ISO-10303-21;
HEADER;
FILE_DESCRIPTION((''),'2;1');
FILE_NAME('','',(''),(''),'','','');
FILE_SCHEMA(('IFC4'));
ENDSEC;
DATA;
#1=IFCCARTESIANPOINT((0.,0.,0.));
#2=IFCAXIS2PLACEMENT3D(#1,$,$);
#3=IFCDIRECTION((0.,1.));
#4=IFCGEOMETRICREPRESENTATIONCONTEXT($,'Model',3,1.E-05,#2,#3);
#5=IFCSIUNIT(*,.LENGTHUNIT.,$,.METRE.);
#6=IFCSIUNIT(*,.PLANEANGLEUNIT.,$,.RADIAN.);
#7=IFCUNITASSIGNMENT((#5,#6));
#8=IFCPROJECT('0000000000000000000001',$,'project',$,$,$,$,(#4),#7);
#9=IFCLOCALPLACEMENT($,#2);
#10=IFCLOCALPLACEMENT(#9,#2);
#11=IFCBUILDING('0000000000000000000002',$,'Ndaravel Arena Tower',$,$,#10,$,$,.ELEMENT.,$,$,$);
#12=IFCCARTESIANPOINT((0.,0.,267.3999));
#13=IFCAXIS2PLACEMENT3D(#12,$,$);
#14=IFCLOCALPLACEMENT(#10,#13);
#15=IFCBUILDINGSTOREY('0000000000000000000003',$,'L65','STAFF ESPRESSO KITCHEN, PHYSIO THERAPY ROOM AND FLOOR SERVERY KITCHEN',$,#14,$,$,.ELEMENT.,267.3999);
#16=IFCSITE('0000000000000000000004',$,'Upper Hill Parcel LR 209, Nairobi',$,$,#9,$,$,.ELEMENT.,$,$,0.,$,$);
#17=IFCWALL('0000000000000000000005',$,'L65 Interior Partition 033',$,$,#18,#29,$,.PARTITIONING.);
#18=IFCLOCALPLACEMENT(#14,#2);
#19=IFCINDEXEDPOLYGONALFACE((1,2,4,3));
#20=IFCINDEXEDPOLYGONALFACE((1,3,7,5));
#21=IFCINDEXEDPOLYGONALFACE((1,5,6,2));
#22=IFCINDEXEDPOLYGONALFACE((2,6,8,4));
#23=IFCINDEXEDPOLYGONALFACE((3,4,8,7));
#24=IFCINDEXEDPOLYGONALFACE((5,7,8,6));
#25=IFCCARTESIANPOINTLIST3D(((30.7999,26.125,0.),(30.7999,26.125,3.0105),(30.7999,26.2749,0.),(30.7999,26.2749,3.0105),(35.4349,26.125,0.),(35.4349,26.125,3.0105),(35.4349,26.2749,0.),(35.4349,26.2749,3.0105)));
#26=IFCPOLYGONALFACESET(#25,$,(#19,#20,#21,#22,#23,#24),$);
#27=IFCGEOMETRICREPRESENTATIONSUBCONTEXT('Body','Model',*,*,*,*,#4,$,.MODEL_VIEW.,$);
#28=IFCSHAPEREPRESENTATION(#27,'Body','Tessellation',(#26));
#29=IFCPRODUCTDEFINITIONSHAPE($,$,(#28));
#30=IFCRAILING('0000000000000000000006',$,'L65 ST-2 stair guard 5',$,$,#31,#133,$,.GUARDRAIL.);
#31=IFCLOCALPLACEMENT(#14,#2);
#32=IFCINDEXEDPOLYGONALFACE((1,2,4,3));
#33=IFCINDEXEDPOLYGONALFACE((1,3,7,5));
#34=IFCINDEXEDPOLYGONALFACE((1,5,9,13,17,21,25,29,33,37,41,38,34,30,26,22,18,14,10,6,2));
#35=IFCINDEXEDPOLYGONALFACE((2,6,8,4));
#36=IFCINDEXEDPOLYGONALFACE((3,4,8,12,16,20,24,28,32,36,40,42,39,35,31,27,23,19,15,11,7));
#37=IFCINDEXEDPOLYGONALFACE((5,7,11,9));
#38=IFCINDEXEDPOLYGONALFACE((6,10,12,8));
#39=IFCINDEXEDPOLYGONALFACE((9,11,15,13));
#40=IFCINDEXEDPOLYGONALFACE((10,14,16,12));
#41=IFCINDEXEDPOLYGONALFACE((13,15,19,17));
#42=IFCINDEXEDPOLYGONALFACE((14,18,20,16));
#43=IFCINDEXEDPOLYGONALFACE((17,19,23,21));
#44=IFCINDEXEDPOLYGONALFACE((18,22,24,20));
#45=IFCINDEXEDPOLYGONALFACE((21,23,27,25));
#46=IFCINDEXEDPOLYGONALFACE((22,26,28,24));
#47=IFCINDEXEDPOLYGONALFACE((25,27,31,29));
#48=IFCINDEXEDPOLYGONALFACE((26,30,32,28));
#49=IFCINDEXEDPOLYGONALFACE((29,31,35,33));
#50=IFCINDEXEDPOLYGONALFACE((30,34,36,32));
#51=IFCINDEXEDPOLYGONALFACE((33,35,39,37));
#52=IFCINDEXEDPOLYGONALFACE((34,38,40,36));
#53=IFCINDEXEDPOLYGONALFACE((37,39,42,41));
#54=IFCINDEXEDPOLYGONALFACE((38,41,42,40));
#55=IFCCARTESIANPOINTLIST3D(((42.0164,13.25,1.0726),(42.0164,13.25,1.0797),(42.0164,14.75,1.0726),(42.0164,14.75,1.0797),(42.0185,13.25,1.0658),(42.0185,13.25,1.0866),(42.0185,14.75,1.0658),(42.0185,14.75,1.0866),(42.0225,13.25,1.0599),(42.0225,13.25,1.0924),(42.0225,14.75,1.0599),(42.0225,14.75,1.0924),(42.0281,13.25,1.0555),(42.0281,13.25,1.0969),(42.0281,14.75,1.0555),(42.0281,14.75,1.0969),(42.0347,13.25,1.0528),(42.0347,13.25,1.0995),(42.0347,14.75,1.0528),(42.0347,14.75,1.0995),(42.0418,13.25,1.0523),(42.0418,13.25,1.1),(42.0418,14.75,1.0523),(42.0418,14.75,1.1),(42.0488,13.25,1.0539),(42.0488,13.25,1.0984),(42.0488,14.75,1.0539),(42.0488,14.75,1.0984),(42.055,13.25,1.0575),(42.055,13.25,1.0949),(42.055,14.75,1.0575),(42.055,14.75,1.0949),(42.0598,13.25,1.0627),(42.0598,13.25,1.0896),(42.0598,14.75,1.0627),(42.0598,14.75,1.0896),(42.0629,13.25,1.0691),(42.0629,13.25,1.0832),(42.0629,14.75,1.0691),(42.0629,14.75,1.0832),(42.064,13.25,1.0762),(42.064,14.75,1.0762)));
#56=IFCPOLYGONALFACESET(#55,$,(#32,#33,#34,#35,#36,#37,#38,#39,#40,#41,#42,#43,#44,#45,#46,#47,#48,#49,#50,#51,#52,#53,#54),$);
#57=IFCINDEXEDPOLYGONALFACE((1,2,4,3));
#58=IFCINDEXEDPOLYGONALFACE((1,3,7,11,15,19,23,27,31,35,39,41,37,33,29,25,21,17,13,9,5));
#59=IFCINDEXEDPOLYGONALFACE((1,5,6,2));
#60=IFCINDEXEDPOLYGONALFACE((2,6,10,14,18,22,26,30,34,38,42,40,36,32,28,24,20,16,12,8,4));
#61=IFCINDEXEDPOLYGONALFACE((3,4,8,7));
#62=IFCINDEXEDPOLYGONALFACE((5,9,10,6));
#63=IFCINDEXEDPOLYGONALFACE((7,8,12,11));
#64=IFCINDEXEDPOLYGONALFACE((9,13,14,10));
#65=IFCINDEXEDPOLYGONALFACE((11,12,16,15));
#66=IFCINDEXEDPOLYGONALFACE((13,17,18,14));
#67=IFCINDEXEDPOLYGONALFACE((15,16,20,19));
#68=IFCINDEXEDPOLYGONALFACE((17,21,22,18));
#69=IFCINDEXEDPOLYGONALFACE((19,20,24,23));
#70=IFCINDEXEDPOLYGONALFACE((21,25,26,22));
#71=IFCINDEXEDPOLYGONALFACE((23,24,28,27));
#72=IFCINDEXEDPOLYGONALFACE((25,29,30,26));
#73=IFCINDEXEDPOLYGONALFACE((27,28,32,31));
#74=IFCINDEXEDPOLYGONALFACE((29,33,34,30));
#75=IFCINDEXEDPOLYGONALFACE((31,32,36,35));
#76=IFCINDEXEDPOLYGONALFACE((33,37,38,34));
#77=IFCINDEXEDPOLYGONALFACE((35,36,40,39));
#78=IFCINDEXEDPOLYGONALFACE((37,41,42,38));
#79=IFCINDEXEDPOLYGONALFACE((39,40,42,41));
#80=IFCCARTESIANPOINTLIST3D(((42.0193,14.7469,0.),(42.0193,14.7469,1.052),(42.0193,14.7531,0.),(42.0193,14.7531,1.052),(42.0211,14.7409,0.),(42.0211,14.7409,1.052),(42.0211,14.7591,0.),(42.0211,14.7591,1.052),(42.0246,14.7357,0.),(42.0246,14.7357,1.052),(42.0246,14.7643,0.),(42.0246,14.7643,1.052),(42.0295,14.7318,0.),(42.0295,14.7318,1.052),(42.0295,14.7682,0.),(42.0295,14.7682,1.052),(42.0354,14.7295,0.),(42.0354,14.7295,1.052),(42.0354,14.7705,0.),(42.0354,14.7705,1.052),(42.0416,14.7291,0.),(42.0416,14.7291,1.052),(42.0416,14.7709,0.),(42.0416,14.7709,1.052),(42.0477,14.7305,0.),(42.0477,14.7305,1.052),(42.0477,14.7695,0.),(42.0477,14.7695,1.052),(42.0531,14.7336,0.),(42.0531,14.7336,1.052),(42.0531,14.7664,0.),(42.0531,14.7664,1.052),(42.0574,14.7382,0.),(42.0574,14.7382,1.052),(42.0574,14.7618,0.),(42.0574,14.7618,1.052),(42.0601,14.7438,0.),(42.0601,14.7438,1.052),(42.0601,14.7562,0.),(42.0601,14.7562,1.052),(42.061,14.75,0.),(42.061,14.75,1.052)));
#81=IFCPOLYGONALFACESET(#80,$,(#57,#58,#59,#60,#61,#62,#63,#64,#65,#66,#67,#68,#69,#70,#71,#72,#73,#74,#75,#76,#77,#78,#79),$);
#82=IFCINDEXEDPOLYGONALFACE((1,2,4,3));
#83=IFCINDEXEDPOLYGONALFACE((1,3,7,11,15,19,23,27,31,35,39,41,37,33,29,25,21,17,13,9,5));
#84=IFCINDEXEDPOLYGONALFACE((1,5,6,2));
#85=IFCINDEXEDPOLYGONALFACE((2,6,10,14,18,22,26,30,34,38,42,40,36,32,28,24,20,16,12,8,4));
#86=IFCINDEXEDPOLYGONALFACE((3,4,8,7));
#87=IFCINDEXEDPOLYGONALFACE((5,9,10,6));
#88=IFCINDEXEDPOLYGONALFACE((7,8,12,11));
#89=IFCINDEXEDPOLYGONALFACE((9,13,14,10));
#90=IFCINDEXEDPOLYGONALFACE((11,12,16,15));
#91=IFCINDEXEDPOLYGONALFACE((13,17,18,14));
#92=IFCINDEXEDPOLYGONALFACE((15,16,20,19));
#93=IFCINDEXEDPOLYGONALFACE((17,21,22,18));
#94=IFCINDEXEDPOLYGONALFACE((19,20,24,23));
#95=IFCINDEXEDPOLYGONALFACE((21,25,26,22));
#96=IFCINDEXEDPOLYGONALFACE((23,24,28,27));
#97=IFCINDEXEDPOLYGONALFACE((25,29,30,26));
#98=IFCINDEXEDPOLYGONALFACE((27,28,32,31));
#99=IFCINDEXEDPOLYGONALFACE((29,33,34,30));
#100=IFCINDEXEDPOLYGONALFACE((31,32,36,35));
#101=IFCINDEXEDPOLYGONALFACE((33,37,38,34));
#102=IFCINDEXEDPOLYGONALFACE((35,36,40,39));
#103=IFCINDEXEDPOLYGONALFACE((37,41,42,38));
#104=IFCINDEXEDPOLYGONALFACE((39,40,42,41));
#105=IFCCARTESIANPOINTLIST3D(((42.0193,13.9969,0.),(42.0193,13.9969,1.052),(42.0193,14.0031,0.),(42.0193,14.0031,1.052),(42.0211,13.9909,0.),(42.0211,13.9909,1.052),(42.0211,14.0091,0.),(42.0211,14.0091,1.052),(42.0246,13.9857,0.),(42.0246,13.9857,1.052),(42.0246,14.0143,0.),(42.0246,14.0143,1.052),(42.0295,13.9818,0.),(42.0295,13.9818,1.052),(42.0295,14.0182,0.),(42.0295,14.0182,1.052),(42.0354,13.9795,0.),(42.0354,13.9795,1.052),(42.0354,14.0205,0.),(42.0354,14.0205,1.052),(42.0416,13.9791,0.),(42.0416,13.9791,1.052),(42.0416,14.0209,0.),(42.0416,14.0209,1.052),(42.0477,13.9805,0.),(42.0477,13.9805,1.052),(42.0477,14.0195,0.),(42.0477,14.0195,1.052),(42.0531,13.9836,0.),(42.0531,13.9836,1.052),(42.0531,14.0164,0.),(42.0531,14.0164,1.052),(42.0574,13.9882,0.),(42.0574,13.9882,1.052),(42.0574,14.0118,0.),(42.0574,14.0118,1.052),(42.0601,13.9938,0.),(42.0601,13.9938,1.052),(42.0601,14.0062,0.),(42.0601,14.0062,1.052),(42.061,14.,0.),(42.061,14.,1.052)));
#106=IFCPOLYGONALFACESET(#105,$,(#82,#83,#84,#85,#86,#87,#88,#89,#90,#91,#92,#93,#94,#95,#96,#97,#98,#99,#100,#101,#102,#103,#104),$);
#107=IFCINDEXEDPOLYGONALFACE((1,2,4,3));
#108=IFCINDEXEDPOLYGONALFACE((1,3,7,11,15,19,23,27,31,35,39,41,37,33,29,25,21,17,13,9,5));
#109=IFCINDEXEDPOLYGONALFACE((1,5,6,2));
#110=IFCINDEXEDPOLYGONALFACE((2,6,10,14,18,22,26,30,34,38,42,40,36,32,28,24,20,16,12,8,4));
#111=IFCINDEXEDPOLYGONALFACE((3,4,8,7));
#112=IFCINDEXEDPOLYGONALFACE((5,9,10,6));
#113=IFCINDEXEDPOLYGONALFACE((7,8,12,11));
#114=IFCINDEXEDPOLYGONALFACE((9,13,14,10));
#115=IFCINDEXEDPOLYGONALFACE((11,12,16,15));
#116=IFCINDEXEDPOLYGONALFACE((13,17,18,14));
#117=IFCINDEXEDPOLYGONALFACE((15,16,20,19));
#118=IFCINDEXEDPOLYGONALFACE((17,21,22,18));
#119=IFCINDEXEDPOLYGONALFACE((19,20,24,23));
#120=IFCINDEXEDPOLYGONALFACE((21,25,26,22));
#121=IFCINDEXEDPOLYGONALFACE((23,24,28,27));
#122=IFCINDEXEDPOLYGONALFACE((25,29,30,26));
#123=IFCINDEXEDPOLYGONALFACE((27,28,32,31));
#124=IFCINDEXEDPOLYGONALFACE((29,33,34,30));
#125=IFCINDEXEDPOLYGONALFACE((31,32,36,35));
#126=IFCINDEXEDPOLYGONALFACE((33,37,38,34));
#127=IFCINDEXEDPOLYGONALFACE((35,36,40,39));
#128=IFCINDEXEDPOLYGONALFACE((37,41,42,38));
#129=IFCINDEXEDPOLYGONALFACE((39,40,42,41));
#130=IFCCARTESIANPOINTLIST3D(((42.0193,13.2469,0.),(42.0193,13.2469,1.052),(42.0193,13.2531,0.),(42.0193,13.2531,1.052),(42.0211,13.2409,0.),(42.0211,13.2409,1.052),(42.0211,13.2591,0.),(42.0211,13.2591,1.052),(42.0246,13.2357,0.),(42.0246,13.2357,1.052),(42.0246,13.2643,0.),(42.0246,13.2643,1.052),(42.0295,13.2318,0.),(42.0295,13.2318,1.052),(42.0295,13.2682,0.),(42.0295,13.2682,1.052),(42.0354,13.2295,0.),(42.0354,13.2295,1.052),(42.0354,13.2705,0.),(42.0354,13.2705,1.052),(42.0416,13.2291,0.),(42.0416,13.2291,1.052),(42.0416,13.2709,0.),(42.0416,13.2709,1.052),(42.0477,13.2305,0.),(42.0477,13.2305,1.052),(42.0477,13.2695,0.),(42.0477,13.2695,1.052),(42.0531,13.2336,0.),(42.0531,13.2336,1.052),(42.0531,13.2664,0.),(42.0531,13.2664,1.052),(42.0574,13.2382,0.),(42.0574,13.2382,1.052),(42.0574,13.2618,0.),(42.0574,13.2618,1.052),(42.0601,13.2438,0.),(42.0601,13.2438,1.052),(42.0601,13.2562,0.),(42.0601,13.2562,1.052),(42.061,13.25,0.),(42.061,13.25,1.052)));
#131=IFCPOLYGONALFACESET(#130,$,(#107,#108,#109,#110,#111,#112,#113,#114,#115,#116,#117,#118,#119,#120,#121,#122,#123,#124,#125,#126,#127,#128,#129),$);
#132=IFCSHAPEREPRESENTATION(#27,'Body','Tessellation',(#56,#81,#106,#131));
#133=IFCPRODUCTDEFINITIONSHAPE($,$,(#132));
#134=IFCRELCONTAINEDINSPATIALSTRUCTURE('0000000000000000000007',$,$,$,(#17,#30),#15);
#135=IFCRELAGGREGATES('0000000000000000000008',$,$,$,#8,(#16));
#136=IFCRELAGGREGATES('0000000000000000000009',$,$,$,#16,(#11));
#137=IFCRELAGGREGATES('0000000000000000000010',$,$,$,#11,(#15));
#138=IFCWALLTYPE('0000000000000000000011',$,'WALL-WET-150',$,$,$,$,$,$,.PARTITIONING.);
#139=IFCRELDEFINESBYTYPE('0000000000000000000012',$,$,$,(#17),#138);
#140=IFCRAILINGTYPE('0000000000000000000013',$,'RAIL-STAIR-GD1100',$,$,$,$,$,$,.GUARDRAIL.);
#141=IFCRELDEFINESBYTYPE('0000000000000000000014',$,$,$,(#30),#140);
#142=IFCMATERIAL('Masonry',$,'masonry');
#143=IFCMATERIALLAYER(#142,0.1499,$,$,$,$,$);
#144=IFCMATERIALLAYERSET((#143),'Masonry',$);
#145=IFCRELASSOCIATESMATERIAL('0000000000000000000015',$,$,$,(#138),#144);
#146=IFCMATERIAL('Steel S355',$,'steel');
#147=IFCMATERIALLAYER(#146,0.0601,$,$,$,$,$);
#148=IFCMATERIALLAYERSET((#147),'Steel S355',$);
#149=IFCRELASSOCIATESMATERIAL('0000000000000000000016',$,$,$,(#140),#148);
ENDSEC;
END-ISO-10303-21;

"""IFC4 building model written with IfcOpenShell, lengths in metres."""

from ifc_helpers import new_model, si_unit, direction, frame, frame_2d, origin, origin_2d, place, context, subcontext, project, spatial, rectangle, circle, extrude, material, layer, layer_set, type_object, element, save


model = new_model("IFC4")

# Units and contexts
model_context = context("Model", 3, precision=1e-05, world=origin(), true_north=direction((0.0, 1.0)))
body_context = subcontext(model_context, "Body", "Model", "MODEL_VIEW")
ifc_project = project(units=[si_unit("LENGTHUNIT", "METRE"), si_unit("PLANEANGLEUNIT", "RADIAN")], contexts=[model_context])

# Site, building, storey
site_placement = place(None, origin())
site = spatial("IfcSite", under=ifc_project, at=site_placement, Name="Upper Hill Parcel LR 209, Nairobi", CompositionType="ELEMENT", RefElevation=0.0)
building_placement = place(site_placement, origin())
building = spatial("IfcBuilding", under=site, at=building_placement, Name="Ndaravel Arena Tower", CompositionType="ELEMENT")
storey_placement = place(building_placement, frame((0.0, 0.0, 267.3999)))
storey = spatial("IfcBuildingStorey", under=building, at=storey_placement, Name="L65", Description="STAFF ESPRESSO KITCHEN, PHYSIO THERAPY ROOM AND FLOOR SERVERY KITCHEN", CompositionType="ELEMENT", Elevation=267.3999)

# Shared definitions
ifc_material_1 = material(Name="Masonry", Category="masonry")
ifc_layer_1 = layer(ifc_material_1, 0.1499)
ifc_layer_set_1 = layer_set([ifc_layer_1], Name="Masonry")
wall_type_1 = type_object("IfcWallType", Name="WALL-WET-150", PredefinedType="PARTITIONING", material=ifc_layer_set_1)

# Wall
wall_1_placement = place(storey_placement, frame((30.8, 26.2, 0.0), z_axis=(0.0, 0.0, 1.0), x_axis=(1.0, 0.0, 0.0)))
element("IfcWall", 1, at=wall_1_placement, inside=storey, type_object=wall_type_1, Name="L65 Interior Partition 033", PredefinedType="PARTITIONING", context=body_context, shape_type="SweptSolid", body=[
    extrude(rectangle(XDim=4.635, YDim=0.1499, at=frame_2d((2.3174, 0.0))), origin(), (0.0, 0.0, 1.0), 3.0105),
])

# Railing
ifc_material_2 = material(Name="Steel S355", Category="steel")
ifc_layer_2 = layer(ifc_material_2, 0.0601)
ifc_layer_set_2 = layer_set([ifc_layer_2], Name="Steel S355")
railing_type = type_object("IfcRailingType", Name="RAIL-STAIR-GD1100", PredefinedType="GUARDRAIL", material=ifc_layer_set_2)
railing_placement = place(storey_placement, frame((42.04, 14.75, 0.0)))
element("IfcRailing", 2, at=railing_placement, inside=storey, type_object=railing_type, Name="L65 ST-2 stair guard 5", PredefinedType="GUARDRAIL", context=body_context, shape_type="SweptSolid", body=[
    extrude(circle(Radius=0.0239, at=origin_2d()), frame((0.0, 0.0, 1.0762), z_axis=(0.0, -1.0, 0.0), x_axis=(1.0, 0.0, 0.0)), (0.0, 0.0, 1.0), 1.5),
    extrude(circle(Radius=0.021, at=origin_2d()), origin(), (0.0, 0.0, 1.0), 1.052),
    extrude(circle(Radius=0.021, at=origin_2d()), frame((0.0, -0.75, 0.0)), (0.0, 0.0, 1.0), 1.052),
    extrude(circle(Radius=0.021, at=origin_2d()), frame((0.0, -1.5, 0.0)), (0.0, 0.0, 1.0), 1.052),
])

save(model, "model.ifc")
